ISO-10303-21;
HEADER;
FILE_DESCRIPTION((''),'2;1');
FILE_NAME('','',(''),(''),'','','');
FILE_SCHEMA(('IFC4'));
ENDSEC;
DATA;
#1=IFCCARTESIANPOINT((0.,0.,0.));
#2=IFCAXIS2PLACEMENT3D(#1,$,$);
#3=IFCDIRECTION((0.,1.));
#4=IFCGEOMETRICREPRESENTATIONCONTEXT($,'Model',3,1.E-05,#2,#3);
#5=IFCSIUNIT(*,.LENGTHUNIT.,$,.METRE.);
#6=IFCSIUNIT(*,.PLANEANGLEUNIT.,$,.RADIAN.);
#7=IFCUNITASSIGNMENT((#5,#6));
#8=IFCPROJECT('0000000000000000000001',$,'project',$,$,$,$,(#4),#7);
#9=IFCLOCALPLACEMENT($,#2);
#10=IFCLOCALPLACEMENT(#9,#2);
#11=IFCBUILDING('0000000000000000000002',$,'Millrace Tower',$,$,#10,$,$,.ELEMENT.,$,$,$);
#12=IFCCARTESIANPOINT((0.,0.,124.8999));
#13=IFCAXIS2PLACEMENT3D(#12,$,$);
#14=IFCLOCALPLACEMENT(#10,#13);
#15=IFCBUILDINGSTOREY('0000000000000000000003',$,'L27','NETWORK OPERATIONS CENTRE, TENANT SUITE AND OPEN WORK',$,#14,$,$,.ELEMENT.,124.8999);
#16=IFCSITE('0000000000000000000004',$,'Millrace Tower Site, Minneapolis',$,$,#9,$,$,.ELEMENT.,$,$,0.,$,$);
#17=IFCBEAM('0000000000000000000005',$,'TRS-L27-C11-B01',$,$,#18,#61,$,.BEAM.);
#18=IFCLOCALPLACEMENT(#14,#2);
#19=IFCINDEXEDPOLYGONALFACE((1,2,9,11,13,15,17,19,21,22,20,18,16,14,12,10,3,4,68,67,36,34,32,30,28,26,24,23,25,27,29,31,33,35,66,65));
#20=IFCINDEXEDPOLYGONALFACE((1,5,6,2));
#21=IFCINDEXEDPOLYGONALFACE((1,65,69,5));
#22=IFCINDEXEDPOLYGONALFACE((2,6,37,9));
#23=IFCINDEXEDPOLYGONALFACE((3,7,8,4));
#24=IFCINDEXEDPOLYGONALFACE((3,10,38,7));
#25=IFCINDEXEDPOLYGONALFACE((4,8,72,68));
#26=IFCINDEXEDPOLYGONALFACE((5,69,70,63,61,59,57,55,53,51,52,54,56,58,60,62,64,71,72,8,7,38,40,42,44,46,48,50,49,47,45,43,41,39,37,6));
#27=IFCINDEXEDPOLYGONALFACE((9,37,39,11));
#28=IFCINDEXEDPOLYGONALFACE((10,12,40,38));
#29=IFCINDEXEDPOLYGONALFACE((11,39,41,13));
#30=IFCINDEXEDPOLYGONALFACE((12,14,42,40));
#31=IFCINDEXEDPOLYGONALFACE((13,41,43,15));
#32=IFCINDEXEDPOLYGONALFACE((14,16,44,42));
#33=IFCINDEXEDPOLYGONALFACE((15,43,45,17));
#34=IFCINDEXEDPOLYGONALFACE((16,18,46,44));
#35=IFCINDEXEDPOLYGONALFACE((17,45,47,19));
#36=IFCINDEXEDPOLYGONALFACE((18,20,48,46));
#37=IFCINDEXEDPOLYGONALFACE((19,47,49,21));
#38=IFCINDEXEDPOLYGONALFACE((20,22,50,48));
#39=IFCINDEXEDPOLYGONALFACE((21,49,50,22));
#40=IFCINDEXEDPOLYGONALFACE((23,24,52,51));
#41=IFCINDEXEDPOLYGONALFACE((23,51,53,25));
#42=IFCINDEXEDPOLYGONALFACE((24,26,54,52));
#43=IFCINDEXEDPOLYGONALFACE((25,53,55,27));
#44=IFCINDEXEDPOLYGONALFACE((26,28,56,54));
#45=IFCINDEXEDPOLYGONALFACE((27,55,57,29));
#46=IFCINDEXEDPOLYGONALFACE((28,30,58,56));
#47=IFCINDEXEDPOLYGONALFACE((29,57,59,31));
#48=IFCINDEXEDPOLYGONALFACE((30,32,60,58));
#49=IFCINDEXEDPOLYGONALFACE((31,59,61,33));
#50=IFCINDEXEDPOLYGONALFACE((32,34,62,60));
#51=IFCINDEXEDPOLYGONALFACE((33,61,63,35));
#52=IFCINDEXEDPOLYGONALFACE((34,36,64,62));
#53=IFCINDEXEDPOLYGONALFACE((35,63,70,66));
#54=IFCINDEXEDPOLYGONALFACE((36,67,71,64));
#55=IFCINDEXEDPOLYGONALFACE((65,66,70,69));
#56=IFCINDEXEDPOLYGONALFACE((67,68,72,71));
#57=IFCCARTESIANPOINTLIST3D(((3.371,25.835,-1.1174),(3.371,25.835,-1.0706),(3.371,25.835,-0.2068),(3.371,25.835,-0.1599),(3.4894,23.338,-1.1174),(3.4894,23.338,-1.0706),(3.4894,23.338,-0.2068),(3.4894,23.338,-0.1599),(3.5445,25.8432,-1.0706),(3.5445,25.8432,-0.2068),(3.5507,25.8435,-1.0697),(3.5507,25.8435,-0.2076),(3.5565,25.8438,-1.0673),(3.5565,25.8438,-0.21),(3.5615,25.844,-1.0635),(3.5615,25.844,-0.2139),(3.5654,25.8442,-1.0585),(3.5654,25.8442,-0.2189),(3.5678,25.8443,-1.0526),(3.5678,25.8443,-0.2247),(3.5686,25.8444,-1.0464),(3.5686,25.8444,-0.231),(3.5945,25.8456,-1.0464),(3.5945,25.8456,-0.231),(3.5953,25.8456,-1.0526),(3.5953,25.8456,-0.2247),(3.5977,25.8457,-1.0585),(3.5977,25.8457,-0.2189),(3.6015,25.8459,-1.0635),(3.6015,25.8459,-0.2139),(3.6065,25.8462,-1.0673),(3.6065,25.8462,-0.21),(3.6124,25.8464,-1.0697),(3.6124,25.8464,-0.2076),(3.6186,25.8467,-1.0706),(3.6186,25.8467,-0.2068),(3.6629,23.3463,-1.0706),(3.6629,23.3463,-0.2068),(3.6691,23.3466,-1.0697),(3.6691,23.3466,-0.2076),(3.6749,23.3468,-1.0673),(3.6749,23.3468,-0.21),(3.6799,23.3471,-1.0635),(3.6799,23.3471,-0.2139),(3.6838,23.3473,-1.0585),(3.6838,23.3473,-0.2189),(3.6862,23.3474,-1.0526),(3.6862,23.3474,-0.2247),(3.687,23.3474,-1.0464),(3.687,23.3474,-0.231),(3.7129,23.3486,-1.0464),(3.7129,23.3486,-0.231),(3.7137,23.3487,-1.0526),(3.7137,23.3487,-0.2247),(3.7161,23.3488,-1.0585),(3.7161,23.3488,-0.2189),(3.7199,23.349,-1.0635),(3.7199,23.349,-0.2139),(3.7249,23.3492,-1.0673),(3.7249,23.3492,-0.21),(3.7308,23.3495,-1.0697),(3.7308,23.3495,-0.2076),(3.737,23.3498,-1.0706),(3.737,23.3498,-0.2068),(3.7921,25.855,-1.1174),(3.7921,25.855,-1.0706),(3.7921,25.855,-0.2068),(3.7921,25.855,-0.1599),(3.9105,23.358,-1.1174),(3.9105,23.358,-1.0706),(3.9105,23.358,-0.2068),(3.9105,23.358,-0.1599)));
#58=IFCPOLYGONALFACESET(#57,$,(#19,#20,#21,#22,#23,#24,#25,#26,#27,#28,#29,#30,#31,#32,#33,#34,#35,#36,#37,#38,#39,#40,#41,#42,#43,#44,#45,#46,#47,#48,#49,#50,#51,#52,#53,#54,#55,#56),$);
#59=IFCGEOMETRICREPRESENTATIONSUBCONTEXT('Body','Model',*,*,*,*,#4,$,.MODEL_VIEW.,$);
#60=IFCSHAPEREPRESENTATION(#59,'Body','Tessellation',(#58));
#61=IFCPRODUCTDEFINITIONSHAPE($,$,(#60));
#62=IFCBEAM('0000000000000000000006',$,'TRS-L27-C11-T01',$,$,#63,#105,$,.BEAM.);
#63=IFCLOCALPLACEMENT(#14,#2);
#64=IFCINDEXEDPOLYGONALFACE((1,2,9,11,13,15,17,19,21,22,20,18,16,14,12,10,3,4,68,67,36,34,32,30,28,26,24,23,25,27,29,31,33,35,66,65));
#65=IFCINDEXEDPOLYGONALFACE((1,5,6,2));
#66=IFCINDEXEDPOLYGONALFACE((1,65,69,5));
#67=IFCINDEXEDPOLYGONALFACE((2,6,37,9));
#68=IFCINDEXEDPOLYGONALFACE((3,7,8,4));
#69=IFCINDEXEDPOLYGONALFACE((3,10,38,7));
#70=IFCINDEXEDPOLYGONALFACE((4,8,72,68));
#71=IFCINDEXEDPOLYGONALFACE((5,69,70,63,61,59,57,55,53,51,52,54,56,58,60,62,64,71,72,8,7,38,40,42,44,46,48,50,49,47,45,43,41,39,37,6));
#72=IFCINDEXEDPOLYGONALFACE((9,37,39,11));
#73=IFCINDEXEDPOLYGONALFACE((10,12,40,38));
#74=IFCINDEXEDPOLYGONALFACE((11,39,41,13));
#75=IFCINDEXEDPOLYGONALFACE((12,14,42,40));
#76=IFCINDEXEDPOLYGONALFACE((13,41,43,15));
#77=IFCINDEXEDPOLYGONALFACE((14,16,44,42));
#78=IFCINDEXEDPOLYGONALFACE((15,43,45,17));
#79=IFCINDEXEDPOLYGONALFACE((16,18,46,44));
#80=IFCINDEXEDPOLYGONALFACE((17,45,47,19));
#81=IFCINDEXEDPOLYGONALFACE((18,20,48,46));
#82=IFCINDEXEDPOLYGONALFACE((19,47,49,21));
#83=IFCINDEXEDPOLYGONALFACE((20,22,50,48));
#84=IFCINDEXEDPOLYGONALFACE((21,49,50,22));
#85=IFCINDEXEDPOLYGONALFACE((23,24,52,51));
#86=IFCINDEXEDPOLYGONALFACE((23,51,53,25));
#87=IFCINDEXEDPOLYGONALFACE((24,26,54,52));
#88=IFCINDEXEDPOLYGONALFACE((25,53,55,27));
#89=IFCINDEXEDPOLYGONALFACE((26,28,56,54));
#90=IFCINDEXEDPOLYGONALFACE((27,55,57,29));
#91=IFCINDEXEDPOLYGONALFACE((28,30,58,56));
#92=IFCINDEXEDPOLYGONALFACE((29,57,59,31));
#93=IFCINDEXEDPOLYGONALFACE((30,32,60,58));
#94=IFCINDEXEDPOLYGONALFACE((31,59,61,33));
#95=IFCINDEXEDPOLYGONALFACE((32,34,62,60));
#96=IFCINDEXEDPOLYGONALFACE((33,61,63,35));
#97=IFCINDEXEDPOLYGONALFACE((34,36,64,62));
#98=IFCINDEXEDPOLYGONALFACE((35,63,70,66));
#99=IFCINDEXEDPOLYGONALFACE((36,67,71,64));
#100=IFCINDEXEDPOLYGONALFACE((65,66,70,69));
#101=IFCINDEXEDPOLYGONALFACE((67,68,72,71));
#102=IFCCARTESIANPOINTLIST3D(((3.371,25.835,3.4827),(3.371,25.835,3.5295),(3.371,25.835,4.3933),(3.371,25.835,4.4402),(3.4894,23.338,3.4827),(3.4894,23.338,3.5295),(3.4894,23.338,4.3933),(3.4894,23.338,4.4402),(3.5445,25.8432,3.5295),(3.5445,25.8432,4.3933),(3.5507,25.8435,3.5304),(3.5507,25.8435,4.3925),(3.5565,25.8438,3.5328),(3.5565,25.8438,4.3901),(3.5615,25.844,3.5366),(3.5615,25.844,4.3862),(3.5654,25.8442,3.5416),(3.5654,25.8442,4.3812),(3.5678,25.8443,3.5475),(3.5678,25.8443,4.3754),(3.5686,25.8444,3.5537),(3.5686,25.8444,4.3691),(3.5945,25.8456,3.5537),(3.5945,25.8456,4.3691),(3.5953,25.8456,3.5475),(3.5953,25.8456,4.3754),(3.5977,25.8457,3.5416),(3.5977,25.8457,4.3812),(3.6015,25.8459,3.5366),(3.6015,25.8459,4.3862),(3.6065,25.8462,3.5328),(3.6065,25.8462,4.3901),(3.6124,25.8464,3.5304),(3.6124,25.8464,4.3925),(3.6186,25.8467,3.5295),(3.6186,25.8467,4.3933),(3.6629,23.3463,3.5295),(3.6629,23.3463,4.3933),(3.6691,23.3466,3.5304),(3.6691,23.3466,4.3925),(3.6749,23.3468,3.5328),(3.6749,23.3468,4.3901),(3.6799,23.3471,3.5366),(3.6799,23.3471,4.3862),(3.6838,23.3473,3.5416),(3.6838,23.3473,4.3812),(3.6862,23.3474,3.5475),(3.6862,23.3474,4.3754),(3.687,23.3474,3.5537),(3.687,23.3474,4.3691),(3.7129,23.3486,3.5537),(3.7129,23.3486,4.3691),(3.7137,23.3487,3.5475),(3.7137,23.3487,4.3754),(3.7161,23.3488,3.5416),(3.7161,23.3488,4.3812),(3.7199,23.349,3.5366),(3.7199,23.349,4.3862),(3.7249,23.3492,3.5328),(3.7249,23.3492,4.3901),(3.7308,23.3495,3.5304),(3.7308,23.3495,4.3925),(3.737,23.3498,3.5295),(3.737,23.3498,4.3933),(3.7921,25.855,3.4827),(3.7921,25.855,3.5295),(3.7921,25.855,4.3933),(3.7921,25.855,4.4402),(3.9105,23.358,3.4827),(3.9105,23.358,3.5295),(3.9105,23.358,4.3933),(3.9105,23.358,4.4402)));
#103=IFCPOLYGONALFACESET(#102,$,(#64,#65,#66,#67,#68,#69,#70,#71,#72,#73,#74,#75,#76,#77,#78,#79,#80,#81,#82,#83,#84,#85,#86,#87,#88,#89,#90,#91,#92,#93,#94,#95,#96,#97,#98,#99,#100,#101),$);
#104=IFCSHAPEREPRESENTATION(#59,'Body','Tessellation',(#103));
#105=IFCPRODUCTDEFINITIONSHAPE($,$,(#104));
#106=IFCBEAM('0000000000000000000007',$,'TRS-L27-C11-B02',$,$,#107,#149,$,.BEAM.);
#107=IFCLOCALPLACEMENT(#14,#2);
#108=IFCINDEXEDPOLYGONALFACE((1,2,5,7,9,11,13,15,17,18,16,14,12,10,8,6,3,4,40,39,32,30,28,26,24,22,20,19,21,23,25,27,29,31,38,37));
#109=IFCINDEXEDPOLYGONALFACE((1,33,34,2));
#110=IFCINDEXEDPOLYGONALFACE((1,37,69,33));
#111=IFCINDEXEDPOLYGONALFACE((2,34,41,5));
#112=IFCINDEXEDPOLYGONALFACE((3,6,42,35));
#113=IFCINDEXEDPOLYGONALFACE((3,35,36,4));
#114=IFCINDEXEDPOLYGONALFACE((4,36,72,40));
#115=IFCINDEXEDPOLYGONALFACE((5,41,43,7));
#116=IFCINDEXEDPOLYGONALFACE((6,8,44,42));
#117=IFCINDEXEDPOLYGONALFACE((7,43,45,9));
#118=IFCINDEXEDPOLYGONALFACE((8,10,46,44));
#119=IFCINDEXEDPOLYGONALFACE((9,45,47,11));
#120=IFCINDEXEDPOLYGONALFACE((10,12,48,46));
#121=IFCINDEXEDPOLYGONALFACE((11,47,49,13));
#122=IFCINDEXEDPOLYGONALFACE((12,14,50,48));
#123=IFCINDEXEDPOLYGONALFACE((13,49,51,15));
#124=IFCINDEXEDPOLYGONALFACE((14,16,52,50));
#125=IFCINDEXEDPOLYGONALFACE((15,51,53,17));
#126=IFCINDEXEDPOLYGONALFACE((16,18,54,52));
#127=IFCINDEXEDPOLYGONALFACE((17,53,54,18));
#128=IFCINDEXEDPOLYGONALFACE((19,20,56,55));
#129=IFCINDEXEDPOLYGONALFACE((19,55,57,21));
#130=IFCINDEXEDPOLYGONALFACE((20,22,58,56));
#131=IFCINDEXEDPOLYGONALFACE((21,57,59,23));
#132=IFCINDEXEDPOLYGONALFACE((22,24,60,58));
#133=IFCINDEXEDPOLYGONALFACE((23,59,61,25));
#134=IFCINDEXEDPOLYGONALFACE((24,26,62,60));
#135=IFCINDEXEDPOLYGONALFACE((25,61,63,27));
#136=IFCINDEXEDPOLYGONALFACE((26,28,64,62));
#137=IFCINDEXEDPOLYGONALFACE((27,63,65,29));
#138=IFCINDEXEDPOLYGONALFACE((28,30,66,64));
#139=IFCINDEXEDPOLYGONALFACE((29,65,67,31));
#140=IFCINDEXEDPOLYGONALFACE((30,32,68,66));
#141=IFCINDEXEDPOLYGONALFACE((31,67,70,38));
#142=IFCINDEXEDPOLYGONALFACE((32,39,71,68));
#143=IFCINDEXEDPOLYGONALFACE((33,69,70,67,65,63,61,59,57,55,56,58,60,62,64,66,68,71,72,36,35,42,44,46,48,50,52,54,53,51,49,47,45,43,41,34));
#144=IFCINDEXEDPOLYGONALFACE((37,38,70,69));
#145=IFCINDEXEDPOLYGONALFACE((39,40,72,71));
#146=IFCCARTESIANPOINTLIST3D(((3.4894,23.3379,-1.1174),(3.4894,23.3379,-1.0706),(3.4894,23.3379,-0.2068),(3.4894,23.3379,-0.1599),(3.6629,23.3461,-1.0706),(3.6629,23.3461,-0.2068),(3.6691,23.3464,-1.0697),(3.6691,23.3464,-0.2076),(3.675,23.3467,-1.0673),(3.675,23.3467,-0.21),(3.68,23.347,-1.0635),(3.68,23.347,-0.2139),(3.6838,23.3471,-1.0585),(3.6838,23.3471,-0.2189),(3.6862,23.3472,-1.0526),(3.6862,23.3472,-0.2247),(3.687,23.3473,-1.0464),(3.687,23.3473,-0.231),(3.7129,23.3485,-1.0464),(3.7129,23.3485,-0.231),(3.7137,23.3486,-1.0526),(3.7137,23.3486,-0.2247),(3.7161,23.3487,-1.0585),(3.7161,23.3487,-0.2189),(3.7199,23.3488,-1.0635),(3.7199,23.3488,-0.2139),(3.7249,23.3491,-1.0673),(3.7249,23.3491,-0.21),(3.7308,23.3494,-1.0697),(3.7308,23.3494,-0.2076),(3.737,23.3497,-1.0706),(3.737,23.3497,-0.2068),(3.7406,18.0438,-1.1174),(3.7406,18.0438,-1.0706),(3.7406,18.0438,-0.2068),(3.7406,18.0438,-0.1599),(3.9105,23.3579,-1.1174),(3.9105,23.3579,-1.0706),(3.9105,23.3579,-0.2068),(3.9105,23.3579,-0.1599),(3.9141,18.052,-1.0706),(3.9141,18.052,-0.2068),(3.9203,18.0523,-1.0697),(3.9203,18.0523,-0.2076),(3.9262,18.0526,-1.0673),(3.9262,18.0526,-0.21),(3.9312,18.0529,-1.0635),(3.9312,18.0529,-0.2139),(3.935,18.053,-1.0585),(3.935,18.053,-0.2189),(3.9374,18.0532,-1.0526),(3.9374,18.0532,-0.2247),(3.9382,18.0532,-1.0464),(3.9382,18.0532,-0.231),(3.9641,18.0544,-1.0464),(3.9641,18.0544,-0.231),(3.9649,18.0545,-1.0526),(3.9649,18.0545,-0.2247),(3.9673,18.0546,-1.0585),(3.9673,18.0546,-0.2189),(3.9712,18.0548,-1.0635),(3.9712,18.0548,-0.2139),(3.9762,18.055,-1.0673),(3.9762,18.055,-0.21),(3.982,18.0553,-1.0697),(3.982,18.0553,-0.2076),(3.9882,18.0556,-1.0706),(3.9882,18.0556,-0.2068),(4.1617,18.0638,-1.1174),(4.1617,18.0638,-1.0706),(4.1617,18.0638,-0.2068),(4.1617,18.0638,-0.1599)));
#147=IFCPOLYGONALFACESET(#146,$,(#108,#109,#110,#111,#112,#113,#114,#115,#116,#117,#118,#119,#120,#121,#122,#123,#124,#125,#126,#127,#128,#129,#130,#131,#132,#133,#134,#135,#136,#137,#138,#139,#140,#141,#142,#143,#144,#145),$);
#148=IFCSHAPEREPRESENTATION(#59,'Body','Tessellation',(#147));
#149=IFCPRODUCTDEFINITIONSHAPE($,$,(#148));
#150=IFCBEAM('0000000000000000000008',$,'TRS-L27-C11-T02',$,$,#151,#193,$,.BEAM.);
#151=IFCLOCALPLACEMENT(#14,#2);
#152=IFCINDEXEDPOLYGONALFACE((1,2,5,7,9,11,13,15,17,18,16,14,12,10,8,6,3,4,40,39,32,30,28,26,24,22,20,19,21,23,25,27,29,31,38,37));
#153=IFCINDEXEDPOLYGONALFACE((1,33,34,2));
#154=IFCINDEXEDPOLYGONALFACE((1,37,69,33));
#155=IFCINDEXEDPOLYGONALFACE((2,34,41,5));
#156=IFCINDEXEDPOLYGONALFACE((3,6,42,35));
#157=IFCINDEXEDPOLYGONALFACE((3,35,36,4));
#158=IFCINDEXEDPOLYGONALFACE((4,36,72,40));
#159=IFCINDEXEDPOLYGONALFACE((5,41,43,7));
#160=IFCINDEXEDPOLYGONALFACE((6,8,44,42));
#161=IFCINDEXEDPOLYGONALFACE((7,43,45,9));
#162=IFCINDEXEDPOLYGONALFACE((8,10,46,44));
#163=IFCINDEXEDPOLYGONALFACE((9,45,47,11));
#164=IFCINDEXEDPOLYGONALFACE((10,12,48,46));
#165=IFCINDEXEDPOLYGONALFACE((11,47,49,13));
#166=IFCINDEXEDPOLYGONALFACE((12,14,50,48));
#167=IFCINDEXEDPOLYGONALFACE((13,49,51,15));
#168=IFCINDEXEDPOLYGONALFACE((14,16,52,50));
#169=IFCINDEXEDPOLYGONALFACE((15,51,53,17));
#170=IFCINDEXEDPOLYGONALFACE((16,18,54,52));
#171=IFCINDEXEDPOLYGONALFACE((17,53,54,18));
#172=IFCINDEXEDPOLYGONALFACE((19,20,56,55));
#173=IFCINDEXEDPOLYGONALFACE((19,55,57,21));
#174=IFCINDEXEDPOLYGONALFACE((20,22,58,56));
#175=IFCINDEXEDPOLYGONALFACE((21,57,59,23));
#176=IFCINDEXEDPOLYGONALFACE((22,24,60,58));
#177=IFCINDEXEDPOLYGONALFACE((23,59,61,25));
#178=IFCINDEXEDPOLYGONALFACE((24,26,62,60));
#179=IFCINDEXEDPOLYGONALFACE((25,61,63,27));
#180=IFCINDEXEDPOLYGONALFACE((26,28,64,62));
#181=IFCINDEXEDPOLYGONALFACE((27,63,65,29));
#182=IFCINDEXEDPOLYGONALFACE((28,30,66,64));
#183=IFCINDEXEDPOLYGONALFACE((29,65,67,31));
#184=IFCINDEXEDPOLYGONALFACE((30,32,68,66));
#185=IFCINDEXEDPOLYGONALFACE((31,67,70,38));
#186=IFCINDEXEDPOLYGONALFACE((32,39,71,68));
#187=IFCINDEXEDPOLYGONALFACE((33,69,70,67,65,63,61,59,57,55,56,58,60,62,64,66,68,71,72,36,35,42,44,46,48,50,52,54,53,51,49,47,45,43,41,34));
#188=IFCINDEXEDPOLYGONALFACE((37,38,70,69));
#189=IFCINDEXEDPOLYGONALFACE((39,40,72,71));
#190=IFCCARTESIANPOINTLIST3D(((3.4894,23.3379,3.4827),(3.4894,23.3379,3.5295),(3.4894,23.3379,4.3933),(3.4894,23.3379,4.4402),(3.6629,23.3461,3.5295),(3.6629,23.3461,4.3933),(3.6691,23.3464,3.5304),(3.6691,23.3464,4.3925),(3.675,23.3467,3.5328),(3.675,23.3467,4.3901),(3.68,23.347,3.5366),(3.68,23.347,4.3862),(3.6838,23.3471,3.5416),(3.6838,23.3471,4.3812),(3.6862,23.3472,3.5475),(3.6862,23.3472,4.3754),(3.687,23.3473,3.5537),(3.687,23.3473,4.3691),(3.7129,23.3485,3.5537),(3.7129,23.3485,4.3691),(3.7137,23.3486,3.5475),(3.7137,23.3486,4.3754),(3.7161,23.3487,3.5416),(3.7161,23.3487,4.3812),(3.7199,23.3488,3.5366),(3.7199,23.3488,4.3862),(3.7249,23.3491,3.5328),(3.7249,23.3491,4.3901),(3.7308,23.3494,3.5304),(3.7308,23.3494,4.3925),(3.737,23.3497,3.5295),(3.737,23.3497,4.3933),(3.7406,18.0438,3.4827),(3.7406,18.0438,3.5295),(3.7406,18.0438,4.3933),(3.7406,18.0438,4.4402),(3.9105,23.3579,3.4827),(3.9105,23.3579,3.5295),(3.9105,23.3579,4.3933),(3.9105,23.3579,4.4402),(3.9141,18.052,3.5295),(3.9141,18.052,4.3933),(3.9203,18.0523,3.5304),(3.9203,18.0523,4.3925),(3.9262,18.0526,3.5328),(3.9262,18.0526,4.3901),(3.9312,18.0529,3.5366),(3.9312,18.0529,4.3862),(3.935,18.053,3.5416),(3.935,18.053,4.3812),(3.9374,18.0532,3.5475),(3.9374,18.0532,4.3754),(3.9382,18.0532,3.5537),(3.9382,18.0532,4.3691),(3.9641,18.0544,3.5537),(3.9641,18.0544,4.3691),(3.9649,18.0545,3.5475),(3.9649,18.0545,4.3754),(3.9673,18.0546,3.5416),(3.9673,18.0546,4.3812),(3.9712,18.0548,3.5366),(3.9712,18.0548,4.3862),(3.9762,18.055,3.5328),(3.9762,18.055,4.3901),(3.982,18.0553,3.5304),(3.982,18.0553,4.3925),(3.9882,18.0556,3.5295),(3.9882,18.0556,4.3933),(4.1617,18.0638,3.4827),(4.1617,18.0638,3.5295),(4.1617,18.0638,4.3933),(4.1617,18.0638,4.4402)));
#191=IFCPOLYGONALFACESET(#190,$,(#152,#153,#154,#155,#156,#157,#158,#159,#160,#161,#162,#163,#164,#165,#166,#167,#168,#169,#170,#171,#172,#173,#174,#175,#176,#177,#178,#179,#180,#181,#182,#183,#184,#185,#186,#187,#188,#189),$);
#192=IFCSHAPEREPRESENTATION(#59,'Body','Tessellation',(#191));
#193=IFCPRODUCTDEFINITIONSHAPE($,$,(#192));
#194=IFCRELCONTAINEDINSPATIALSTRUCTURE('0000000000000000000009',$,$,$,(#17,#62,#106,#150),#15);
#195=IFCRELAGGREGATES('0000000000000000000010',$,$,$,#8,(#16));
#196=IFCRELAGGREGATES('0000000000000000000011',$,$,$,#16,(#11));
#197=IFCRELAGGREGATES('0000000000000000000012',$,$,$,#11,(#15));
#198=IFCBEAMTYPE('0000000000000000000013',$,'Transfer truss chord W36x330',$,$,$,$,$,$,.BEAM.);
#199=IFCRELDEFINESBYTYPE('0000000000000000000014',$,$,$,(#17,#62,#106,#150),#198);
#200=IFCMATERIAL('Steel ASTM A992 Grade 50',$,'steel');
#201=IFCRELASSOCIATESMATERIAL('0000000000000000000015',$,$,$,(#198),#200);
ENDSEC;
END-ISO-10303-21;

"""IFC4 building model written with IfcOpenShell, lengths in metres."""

from ifc_helpers import new_model, si_unit, direction, frame, origin, origin_2d, place, context, subcontext, project, spatial, i_section, extrude, material, material_profile, profile_set, type_object, element, save


model = new_model("IFC4")

# Units and contexts
model_context = context("Model", 3, precision=1e-05, world=origin(), true_north=direction((0.0, 1.0)))
body_context = subcontext(model_context, "Body", "Model", "MODEL_VIEW")
ifc_project = project(units=[si_unit("LENGTHUNIT", "METRE"), si_unit("PLANEANGLEUNIT", "RADIAN")], contexts=[model_context])

# Site, building, storey
site_placement = place(None, origin())
site = spatial("IfcSite", under=ifc_project, at=site_placement, Name="Millrace Tower Site, Minneapolis", CompositionType="ELEMENT", RefElevation=0.0)
building_placement = place(site_placement, origin())
building = spatial("IfcBuilding", under=site, at=building_placement, Name="Millrace Tower", CompositionType="ELEMENT")
storey_placement = place(building_placement, frame((0.0, 0.0, 124.8999)))
storey = spatial("IfcBuildingStorey", under=building, at=storey_placement, Name="L27", Description="NETWORK OPERATIONS CENTRE, TENANT SUITE AND OPEN WORK", CompositionType="ELEMENT", Elevation=124.8999)

# Beams
ifc_material_1 = material(Name="Steel ASTM A992 Grade 50", Category="steel")
ifc_material_profile_1 = material_profile(ifc_material_1, i_section(OverallWidth=0.4216, OverallDepth=0.9575, WebThickness=0.0259, FlangeThickness=0.0469, FilletRadius=0.0242, at=origin_2d()))
ifc_profile_set_1 = profile_set([ifc_material_profile_1], Name="Steel ASTM A992 Grade 50")
beam_type_1 = type_object("IfcBeamType", Name="Transfer truss chord W36x330", PredefinedType="BEAM", material=ifc_profile_set_1)
for number, where, z_axis, x_axis, name in (
    (1, (3.5815, 25.845, -0.6387), (0.047366, -0.998878, 0.0), (0.998878, 0.047366, 0.0), "TRS-L27-C11-B01"),
    (2, (3.5815, 25.845, 3.9614), (0.047366, -0.998878, 0.0), (0.998878, 0.047366, 0.0), "TRS-L27-C11-T01"),
):
    element("IfcBeam", number, at=place(storey_placement, frame(where, z_axis=z_axis, x_axis=x_axis)), inside=storey, type_object=beam_type_1, Name=name, PredefinedType="BEAM", context=body_context, shape_type="SweptSolid", body=[
        extrude(i_section(OverallWidth=0.4216, OverallDepth=0.9575, WebThickness=0.0259, FlangeThickness=0.0469, FilletRadius=0.0242, at=origin_2d()), origin(), (0.0, 0.0, 1.0), 2.4998),
    ])
for number, where, z_axis, x_axis, name in (
    (3, (3.7, 23.3479, -0.6387), (0.047399, -0.998876, 0.0), (0.998876, 0.047399, 0.0), "TRS-L27-C11-B02"),
    (4, (3.7, 23.3479, 3.9614), (0.047399, -0.998876, 0.0), (0.998876, 0.047399, 0.0), "TRS-L27-C11-T02"),
):
    element("IfcBeam", number, at=place(storey_placement, frame(where, z_axis=z_axis, x_axis=x_axis)), inside=storey, type_object=beam_type_1, Name=name, PredefinedType="BEAM", context=body_context, shape_type="SweptSolid", body=[
        extrude(i_section(OverallWidth=0.4216, OverallDepth=0.9575, WebThickness=0.0259, FlangeThickness=0.0469, FilletRadius=0.0242, at=origin_2d()), origin(), (0.0, 0.0, 1.0), 5.3),
    ])

save(model, "model.ifc")
